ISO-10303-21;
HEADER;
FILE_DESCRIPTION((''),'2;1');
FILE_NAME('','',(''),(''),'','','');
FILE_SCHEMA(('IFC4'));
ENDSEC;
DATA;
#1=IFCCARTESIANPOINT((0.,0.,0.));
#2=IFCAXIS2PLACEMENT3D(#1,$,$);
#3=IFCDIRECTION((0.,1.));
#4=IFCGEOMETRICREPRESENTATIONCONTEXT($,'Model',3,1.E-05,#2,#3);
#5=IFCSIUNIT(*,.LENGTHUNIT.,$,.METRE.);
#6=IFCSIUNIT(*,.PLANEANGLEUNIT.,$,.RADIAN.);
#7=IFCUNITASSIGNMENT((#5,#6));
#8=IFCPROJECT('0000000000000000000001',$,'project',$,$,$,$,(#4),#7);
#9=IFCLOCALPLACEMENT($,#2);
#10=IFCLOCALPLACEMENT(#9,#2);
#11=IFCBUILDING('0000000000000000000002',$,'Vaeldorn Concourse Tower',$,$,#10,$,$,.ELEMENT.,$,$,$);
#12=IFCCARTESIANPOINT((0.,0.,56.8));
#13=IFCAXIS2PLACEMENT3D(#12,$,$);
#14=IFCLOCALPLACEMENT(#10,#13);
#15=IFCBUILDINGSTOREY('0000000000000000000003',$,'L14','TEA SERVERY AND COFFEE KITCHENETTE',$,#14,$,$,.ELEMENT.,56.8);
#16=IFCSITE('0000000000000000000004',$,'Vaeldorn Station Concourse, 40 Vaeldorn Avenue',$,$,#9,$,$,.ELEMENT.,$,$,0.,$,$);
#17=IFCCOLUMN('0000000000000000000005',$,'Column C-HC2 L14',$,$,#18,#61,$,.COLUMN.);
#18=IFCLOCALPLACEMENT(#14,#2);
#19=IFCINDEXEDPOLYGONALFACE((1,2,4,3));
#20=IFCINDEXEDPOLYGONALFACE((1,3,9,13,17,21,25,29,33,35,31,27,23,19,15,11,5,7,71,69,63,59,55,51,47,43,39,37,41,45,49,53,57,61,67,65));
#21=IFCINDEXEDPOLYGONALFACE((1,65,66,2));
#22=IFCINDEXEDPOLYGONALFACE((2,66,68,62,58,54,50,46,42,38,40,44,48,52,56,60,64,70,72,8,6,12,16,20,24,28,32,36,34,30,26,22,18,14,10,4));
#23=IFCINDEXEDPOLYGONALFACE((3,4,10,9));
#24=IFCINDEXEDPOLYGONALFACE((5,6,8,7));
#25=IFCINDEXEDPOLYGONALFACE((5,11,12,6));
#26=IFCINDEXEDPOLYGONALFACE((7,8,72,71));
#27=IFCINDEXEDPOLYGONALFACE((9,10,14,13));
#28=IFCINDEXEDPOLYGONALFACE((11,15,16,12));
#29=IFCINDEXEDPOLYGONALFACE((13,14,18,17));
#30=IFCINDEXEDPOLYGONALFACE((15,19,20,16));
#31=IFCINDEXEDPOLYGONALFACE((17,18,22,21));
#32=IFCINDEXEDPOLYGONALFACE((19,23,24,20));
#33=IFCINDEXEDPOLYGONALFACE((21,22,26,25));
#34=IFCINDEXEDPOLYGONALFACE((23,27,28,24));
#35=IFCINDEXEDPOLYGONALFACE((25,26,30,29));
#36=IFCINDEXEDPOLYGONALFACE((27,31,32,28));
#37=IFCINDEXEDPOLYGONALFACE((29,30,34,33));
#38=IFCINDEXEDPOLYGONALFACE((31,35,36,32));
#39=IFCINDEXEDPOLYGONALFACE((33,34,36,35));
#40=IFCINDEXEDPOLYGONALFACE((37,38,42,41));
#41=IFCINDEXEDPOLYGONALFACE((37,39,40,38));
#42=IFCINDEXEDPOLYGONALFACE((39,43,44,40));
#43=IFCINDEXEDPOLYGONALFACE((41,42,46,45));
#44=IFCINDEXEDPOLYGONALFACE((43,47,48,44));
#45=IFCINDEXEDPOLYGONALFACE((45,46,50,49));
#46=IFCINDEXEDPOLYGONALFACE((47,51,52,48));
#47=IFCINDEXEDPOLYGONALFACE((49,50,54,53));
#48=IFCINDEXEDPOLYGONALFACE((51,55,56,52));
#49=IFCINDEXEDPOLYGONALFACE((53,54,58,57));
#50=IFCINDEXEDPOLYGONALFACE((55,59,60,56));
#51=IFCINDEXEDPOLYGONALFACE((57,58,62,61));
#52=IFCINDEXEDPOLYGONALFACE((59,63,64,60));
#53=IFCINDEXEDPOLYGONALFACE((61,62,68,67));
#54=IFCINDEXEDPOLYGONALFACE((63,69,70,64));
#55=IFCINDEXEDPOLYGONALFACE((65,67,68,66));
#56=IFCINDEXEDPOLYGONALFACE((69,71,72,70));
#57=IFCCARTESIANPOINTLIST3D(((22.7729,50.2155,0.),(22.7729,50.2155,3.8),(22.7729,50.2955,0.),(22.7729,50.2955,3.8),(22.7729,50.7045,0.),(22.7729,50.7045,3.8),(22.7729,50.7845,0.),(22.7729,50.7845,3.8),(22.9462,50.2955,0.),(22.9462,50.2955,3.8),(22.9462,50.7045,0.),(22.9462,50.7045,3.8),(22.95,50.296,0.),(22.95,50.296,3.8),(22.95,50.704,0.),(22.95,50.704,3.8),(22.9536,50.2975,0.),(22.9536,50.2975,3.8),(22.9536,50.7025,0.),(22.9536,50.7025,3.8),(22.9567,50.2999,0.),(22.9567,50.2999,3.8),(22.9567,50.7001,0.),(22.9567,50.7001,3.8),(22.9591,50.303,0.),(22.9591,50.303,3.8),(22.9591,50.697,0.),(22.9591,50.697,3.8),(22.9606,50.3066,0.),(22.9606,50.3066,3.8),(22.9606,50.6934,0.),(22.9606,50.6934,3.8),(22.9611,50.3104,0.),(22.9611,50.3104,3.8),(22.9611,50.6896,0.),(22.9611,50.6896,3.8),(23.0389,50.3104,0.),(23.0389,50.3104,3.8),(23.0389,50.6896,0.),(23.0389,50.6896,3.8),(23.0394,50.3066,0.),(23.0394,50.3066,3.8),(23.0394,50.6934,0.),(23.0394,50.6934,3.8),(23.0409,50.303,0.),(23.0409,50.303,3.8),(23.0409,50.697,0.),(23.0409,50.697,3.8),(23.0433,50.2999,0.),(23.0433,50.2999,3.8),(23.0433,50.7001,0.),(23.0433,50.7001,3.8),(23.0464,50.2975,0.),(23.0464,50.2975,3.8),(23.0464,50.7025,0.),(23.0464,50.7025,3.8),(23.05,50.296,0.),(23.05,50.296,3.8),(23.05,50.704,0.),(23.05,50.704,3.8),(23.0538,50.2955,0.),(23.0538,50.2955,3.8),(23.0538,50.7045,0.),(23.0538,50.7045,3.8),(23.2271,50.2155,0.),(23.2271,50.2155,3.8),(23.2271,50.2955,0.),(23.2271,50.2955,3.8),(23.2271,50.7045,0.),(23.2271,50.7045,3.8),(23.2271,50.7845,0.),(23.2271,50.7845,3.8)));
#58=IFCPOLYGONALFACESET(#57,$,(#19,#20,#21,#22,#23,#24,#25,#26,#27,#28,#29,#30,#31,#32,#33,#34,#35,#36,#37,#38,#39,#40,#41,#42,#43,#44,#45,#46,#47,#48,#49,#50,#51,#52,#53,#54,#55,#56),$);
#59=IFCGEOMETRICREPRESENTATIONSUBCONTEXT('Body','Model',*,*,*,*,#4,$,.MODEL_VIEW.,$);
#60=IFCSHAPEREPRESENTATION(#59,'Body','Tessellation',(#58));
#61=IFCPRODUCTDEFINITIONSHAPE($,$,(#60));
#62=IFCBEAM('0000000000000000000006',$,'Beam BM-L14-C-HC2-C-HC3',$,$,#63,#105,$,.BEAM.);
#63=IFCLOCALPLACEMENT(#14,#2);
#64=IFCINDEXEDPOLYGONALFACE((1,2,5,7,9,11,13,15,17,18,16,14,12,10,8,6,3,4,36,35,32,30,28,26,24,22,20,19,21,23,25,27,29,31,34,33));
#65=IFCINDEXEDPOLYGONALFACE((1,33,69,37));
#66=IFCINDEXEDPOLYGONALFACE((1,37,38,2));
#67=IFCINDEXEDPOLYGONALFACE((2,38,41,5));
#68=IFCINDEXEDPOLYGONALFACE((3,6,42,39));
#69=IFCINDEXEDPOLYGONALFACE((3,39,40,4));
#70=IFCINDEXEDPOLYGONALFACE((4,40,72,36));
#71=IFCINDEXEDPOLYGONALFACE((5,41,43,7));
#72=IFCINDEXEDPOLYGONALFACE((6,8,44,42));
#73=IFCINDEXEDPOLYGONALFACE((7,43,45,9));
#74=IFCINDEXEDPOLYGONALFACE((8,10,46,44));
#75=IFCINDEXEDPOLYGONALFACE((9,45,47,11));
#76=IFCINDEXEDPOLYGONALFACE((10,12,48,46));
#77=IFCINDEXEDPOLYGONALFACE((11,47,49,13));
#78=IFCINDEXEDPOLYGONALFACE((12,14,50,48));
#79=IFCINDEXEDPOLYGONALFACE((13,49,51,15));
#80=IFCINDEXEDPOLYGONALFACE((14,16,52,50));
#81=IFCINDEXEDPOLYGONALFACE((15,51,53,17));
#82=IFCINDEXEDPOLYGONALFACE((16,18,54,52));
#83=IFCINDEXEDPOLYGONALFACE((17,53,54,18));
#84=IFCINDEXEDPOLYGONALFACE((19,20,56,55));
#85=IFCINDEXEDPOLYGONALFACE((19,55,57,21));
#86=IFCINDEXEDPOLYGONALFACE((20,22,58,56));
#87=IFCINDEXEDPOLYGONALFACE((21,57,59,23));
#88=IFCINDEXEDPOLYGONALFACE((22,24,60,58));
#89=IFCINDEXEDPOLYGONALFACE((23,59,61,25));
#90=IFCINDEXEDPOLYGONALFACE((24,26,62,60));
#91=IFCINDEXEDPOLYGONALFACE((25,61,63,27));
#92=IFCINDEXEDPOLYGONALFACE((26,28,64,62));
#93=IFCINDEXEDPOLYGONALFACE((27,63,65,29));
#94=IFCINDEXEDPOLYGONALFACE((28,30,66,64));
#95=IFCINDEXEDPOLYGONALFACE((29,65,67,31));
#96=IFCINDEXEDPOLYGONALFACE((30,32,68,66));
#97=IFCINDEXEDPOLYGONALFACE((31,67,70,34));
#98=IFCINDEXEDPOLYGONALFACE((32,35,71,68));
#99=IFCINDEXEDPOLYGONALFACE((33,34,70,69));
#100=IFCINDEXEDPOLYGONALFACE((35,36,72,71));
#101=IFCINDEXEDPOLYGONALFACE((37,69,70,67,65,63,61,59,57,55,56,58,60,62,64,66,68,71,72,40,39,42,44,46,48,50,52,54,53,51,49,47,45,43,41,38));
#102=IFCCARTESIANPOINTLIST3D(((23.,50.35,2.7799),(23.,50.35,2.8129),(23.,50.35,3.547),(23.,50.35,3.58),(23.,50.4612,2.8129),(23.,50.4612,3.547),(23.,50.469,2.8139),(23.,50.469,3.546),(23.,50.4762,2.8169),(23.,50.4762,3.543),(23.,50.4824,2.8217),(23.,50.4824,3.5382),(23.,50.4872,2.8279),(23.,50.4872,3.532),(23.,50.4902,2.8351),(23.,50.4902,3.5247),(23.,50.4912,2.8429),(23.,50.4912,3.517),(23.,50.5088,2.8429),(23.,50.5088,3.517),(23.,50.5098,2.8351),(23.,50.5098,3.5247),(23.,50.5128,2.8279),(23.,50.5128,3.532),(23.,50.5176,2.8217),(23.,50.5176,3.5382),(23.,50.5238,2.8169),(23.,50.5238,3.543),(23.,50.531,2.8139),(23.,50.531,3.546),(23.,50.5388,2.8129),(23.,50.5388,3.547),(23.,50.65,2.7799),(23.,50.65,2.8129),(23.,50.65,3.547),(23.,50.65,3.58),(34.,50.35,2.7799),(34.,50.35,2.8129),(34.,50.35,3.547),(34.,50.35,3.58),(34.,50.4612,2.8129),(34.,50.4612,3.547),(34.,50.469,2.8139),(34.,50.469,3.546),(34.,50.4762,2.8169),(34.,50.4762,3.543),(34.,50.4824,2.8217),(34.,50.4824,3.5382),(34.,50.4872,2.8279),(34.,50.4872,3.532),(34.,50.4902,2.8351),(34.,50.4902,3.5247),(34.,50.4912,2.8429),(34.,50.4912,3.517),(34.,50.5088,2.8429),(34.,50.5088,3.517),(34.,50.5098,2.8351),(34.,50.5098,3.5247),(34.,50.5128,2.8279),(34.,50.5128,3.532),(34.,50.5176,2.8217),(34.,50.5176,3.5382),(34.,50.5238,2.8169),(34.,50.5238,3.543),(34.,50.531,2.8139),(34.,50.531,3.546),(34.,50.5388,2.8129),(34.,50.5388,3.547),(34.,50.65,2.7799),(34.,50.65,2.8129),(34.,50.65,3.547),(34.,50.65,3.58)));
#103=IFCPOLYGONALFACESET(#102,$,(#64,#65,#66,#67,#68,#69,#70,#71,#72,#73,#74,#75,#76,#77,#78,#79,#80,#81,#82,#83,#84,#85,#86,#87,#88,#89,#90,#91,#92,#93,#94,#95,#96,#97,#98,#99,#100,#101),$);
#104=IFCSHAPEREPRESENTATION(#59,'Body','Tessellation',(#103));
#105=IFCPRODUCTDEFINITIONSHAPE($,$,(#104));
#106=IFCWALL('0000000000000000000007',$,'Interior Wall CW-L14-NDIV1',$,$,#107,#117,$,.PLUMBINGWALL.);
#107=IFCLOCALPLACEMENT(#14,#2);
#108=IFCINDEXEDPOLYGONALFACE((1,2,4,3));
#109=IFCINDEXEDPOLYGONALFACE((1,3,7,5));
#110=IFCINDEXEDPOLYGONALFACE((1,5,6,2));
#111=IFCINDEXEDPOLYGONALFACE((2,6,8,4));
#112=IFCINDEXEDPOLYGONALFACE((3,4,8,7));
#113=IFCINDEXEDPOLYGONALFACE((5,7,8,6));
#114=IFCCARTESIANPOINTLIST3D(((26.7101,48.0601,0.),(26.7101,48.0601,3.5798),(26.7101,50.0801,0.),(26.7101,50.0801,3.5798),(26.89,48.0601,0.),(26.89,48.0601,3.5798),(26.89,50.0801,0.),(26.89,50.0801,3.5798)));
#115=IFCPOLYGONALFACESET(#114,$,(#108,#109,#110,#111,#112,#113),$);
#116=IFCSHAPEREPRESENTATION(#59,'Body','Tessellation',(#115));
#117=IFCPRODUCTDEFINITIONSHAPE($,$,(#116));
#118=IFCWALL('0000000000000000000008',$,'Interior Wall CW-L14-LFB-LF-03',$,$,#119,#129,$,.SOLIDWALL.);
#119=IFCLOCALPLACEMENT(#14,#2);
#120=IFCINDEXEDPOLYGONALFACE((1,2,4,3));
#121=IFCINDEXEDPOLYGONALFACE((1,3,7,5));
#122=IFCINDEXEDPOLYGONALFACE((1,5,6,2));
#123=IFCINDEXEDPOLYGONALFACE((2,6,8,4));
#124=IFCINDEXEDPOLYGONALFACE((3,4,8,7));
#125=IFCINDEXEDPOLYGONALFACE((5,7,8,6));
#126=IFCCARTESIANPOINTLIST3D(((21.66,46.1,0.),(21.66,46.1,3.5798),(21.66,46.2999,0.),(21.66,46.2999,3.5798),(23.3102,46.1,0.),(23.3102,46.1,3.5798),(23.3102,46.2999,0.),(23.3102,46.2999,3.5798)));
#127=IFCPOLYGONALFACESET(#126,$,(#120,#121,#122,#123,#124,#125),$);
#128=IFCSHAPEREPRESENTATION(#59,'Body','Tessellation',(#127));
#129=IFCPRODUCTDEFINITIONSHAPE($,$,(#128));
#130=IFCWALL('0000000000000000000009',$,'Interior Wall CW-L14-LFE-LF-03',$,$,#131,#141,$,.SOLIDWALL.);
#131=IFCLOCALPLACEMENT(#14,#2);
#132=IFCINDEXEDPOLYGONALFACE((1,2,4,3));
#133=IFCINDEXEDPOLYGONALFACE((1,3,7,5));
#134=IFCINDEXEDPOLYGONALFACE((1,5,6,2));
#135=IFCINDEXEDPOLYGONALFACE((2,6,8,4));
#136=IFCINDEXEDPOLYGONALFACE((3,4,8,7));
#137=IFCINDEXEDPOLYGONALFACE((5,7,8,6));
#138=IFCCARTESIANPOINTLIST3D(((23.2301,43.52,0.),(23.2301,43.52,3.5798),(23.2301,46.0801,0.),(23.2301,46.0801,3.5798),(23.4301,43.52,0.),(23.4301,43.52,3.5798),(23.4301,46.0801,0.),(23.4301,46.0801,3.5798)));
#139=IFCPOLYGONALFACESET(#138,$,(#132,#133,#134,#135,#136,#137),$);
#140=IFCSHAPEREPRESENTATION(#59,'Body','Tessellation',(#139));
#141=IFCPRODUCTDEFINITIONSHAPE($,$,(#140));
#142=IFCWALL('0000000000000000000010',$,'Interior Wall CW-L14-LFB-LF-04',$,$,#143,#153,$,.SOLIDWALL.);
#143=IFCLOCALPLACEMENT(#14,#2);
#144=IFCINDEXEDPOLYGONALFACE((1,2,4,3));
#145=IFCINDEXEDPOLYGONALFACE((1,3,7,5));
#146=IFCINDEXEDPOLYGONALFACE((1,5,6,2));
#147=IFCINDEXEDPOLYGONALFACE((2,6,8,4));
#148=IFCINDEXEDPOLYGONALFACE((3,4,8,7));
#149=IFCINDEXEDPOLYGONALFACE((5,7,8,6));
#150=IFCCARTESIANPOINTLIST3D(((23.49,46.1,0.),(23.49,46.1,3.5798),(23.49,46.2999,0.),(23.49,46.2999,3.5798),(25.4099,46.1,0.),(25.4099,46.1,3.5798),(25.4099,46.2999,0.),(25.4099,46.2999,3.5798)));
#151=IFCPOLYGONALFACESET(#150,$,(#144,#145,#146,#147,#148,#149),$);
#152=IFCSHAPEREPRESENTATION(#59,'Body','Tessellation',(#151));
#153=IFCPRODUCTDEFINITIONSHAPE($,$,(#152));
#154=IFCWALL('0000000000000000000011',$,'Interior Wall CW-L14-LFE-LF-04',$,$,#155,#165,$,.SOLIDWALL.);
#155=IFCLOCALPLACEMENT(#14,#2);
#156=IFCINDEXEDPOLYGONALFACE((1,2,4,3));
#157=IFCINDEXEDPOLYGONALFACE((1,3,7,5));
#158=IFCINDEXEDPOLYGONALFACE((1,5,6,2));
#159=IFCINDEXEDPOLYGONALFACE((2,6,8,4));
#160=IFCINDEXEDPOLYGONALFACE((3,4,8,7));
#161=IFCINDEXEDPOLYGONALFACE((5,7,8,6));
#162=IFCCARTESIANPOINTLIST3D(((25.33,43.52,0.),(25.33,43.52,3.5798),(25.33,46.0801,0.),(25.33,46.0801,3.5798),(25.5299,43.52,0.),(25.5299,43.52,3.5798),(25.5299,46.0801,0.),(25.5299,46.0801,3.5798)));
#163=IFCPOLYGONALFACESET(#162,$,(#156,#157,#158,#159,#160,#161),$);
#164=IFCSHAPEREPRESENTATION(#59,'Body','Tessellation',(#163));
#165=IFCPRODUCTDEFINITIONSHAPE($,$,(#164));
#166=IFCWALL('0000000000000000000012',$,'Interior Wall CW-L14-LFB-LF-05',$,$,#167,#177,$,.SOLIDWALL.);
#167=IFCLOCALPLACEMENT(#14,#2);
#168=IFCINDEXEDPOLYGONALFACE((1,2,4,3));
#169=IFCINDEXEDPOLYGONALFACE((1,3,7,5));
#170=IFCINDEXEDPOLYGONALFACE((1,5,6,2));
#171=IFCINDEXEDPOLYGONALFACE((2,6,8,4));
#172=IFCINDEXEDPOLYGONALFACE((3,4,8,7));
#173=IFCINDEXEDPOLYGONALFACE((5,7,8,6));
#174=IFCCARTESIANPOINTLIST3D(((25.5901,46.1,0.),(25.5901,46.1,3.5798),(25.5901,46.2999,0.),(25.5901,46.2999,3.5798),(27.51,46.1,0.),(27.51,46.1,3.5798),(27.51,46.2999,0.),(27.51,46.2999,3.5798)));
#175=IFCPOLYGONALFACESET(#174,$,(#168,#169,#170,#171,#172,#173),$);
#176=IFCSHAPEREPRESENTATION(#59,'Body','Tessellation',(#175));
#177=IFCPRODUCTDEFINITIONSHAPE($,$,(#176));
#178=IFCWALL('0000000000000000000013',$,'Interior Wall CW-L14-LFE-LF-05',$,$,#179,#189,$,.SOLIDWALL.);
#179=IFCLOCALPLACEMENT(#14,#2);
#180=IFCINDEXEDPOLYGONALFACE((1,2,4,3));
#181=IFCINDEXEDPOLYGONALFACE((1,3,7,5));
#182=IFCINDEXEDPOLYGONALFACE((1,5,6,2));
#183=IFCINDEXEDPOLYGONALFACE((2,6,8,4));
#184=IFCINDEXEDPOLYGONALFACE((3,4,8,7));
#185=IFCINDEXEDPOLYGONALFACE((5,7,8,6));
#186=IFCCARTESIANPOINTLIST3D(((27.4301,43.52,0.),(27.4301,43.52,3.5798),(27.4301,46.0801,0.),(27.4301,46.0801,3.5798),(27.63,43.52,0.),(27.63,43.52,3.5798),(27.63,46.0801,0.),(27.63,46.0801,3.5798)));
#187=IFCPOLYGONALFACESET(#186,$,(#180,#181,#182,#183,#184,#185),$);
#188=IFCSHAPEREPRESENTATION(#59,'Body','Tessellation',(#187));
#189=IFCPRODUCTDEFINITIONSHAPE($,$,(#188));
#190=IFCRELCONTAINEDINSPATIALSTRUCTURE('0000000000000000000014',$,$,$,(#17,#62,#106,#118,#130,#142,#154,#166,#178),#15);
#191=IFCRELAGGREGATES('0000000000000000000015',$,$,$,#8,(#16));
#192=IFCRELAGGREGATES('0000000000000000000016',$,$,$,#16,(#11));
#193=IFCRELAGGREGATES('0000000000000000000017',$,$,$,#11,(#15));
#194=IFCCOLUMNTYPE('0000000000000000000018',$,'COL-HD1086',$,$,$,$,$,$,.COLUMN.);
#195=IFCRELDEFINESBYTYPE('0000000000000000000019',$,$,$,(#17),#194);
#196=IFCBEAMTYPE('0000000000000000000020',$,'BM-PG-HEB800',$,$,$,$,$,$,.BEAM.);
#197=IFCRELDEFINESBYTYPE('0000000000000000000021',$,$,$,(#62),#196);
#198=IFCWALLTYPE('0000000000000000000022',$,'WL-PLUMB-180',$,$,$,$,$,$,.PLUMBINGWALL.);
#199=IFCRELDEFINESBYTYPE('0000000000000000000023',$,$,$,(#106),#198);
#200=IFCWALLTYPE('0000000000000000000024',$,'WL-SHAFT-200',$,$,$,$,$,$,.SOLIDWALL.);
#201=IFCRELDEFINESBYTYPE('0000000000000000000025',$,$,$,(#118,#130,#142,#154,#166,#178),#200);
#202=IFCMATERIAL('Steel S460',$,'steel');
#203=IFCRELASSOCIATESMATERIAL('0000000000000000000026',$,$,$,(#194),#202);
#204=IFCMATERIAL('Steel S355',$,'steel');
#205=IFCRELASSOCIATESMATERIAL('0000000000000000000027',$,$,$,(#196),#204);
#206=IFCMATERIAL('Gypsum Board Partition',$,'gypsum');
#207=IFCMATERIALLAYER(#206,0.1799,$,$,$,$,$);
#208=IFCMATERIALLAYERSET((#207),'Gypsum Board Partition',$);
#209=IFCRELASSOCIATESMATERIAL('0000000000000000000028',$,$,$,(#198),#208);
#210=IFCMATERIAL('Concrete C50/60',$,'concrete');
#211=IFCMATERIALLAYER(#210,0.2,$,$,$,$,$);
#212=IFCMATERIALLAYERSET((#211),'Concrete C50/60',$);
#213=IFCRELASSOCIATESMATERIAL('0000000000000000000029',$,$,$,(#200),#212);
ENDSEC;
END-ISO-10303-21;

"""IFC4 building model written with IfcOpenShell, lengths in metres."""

from ifc_helpers import new_model, si_unit, direction, frame, frame_2d, origin, origin_2d, place, context, subcontext, project, spatial, rectangle, i_section, extrude, source, transform, mapped, material, layer, layer_set, material_profile, profile_set, type_object, element, save


model = new_model("IFC4")

# Units and contexts
model_context = context("Model", 3, precision=1e-05, world=origin(), true_north=direction((0.0, 1.0)))
body_context = subcontext(model_context, "Body", "Model", "MODEL_VIEW")
ifc_project = project(units=[si_unit("LENGTHUNIT", "METRE"), si_unit("PLANEANGLEUNIT", "RADIAN")], contexts=[model_context])

# Site, building, storey
site_placement = place(None, origin())
site = spatial("IfcSite", under=ifc_project, at=site_placement, Name="Vaeldorn Station Concourse, 40 Vaeldorn Avenue", CompositionType="ELEMENT", RefElevation=0.0)
building_placement = place(site_placement, origin())
building = spatial("IfcBuilding", under=site, at=building_placement, Name="Vaeldorn Concourse Tower", CompositionType="ELEMENT")
storey_placement = place(building_placement, frame((0.0, 0.0, 56.8)))
storey = spatial("IfcBuildingStorey", under=building, at=storey_placement, Name="L14", Description="TEA SERVERY AND COFFEE KITCHENETTE", CompositionType="ELEMENT", Elevation=56.8)

# Column
ifc_material_1 = material(Name="Steel S460", Category="steel")
ifc_material_profile_1 = material_profile(ifc_material_1, i_section(OverallWidth=0.4541, OverallDepth=0.5691, WebThickness=0.0779, FlangeThickness=0.0801, FilletRadius=0.0149, at=origin_2d()), Name="HD 400x1086")
ifc_profile_set_1 = profile_set([ifc_material_profile_1], Name="Steel S460")
column_type = type_object("IfcColumnType", Name="COL-HD1086", PredefinedType="COLUMN", material=ifc_profile_set_1)
shared_shape_1 = source(origin(), body_context, "Body", "SweptSolid", [
    extrude(i_section(OverallWidth=0.4541, OverallDepth=0.5691, WebThickness=0.0779, FlangeThickness=0.0801, FilletRadius=0.0149, at=origin_2d()), origin(), (0.0, 0.0, 1.0), 3.8),
])
column_placement = place(storey_placement, frame((23.0, 50.5, 0.0), z_axis=(0.0, 0.0, 1.0), x_axis=(1.0, 0.0, 0.0)))
element("IfcColumn", 1, at=column_placement, inside=storey, type_object=column_type, Name="Column C-HC2 L14", PredefinedType="COLUMN", context=body_context, shape_type="MappedRepresentation", body=[
    mapped(shared_shape_1, transform((0.0, 0.0, 0.0), scale=1.0)),
])

# Beam
ifc_material_2 = material(Name="Steel S355", Category="steel")
ifc_material_profile_2 = material_profile(ifc_material_2, i_section(OverallWidth=0.3, OverallDepth=0.8, WebThickness=0.0176, FlangeThickness=0.033, FilletRadius=0.03, at=origin_2d()), Name="HEB 800")
ifc_profile_set_2 = profile_set([ifc_material_profile_2], Name="Steel S355")
beam_type = type_object("IfcBeamType", Name="BM-PG-HEB800", PredefinedType="BEAM", material=ifc_profile_set_2)
shared_shape_2 = source(origin(), body_context, "Body", "SweptSolid", [
    extrude(i_section(OverallWidth=0.3, OverallDepth=0.8, WebThickness=0.0176, FlangeThickness=0.033, FilletRadius=0.03, at=origin_2d()), origin(), (0.0, 0.0, 1.0), 11.0),
])
beam_placement = place(storey_placement, frame((23.0, 50.5, 3.1799), z_axis=(1.0, 0.0, 0.0), x_axis=(0.0, 1.0, 0.0)))
element("IfcBeam", 2, at=beam_placement, inside=storey, type_object=beam_type, Name="Beam BM-L14-C-HC2-C-HC3", PredefinedType="BEAM", context=body_context, shape_type="MappedRepresentation", body=[
    mapped(shared_shape_2, transform((0.0, 0.0, 0.0), scale=1.0)),
])

# Walls
ifc_material_3 = material(Name="Gypsum Board Partition", Category="gypsum")
ifc_layer_1 = layer(ifc_material_3, 0.1799)
ifc_layer_set_1 = layer_set([ifc_layer_1], Name="Gypsum Board Partition")
wall_type_1 = type_object("IfcWallType", Name="WL-PLUMB-180", PredefinedType="PLUMBINGWALL", material=ifc_layer_set_1)
wall_1_placement = place(storey_placement, frame((26.8, 48.0601, 0.0), z_axis=(0.0, 0.0, 1.0), x_axis=(0.0, 1.0, 0.0)))
element("IfcWall", 3, at=wall_1_placement, inside=storey, type_object=wall_type_1, Name="Interior Wall CW-L14-NDIV1", PredefinedType="PLUMBINGWALL", context=body_context, shape_type="SweptSolid", body=[
    extrude(rectangle(XDim=2.02, YDim=0.1799, at=frame_2d((1.01, 0.0))), origin(), (0.0, 0.0, 1.0), 3.5798),
])
ifc_material_4 = material(Name="Concrete C50/60", Category="concrete")
ifc_layer_2 = layer(ifc_material_4, 0.2)
ifc_layer_set_2 = layer_set([ifc_layer_2], Name="Concrete C50/60")
wall_type_2 = type_object("IfcWallType", Name="WL-SHAFT-200", PredefinedType="SOLIDWALL", material=ifc_layer_set_2)
wall_2_placement = place(storey_placement, frame((21.6599, 46.2, 0.0), z_axis=(0.0, 0.0, 1.0), x_axis=(1.0, 0.0, 0.0)))
element("IfcWall", 4, at=wall_2_placement, inside=storey, type_object=wall_type_2, Name="Interior Wall CW-L14-LFB-LF-03", PredefinedType="SOLIDWALL", context=body_context, shape_type="SweptSolid", body=[
    extrude(rectangle(XDim=1.6501, YDim=0.2, at=frame_2d((0.8252, 0.0))), origin(), (0.0, 0.0, 1.0), 3.5798),
])
wall_3_placement = place(storey_placement, frame((23.3301, 43.52, 0.0), z_axis=(0.0, 0.0, 1.0), x_axis=(0.0, 1.0, 0.0)))
element("IfcWall", 5, at=wall_3_placement, inside=storey, type_object=wall_type_2, Name="Interior Wall CW-L14-LFE-LF-03", PredefinedType="SOLIDWALL", context=body_context, shape_type="SweptSolid", body=[
    extrude(rectangle(XDim=2.5601, YDim=0.2, at=frame_2d((1.28, 0.0))), origin(), (0.0, 0.0, 1.0), 3.5798),
])

# Walls
wall_4_placement = place(storey_placement, frame((23.49, 46.2, 0.0), z_axis=(0.0, 0.0, 1.0), x_axis=(1.0, 0.0, 0.0)))
element("IfcWall", 6, at=wall_4_placement, inside=storey, type_object=wall_type_2, Name="Interior Wall CW-L14-LFB-LF-04", PredefinedType="SOLIDWALL", context=body_context, shape_type="SweptSolid", body=[
    extrude(rectangle(XDim=1.9199, YDim=0.2, at=frame_2d((0.96, 0.0))), origin(), (0.0, 0.0, 1.0), 3.5798),
])
wall_5_placement = place(storey_placement, frame((25.4299, 43.52, 0.0), z_axis=(0.0, 0.0, 1.0), x_axis=(0.0, 1.0, 0.0)))
element("IfcWall", 7, at=wall_5_placement, inside=storey, type_object=wall_type_2, Name="Interior Wall CW-L14-LFE-LF-04", PredefinedType="SOLIDWALL", context=body_context, shape_type="SweptSolid", body=[
    extrude(rectangle(XDim=2.5601, YDim=0.2, at=frame_2d((1.28, 0.0))), origin(), (0.0, 0.0, 1.0), 3.5798),
])

# Walls
wall_6_placement = place(storey_placement, frame((25.5901, 46.2, 0.0), z_axis=(0.0, 0.0, 1.0), x_axis=(1.0, 0.0, 0.0)))
element("IfcWall", 8, at=wall_6_placement, inside=storey, type_object=wall_type_2, Name="Interior Wall CW-L14-LFB-LF-05", PredefinedType="SOLIDWALL", context=body_context, shape_type="SweptSolid", body=[
    extrude(rectangle(XDim=1.9199, YDim=0.2, at=frame_2d((0.96, 0.0))), origin(), (0.0, 0.0, 1.0), 3.5798),
])
wall_7_placement = place(storey_placement, frame((27.53, 43.52, 0.0), z_axis=(0.0, 0.0, 1.0), x_axis=(0.0, 1.0, 0.0)))
element("IfcWall", 9, at=wall_7_placement, inside=storey, type_object=wall_type_2, Name="Interior Wall CW-L14-LFE-LF-05", PredefinedType="SOLIDWALL", context=body_context, shape_type="SweptSolid", body=[
    extrude(rectangle(XDim=2.5601, YDim=0.2, at=frame_2d((1.28, 0.0))), origin(), (0.0, 0.0, 1.0), 3.5798),
])

save(model, "model.ifc")
